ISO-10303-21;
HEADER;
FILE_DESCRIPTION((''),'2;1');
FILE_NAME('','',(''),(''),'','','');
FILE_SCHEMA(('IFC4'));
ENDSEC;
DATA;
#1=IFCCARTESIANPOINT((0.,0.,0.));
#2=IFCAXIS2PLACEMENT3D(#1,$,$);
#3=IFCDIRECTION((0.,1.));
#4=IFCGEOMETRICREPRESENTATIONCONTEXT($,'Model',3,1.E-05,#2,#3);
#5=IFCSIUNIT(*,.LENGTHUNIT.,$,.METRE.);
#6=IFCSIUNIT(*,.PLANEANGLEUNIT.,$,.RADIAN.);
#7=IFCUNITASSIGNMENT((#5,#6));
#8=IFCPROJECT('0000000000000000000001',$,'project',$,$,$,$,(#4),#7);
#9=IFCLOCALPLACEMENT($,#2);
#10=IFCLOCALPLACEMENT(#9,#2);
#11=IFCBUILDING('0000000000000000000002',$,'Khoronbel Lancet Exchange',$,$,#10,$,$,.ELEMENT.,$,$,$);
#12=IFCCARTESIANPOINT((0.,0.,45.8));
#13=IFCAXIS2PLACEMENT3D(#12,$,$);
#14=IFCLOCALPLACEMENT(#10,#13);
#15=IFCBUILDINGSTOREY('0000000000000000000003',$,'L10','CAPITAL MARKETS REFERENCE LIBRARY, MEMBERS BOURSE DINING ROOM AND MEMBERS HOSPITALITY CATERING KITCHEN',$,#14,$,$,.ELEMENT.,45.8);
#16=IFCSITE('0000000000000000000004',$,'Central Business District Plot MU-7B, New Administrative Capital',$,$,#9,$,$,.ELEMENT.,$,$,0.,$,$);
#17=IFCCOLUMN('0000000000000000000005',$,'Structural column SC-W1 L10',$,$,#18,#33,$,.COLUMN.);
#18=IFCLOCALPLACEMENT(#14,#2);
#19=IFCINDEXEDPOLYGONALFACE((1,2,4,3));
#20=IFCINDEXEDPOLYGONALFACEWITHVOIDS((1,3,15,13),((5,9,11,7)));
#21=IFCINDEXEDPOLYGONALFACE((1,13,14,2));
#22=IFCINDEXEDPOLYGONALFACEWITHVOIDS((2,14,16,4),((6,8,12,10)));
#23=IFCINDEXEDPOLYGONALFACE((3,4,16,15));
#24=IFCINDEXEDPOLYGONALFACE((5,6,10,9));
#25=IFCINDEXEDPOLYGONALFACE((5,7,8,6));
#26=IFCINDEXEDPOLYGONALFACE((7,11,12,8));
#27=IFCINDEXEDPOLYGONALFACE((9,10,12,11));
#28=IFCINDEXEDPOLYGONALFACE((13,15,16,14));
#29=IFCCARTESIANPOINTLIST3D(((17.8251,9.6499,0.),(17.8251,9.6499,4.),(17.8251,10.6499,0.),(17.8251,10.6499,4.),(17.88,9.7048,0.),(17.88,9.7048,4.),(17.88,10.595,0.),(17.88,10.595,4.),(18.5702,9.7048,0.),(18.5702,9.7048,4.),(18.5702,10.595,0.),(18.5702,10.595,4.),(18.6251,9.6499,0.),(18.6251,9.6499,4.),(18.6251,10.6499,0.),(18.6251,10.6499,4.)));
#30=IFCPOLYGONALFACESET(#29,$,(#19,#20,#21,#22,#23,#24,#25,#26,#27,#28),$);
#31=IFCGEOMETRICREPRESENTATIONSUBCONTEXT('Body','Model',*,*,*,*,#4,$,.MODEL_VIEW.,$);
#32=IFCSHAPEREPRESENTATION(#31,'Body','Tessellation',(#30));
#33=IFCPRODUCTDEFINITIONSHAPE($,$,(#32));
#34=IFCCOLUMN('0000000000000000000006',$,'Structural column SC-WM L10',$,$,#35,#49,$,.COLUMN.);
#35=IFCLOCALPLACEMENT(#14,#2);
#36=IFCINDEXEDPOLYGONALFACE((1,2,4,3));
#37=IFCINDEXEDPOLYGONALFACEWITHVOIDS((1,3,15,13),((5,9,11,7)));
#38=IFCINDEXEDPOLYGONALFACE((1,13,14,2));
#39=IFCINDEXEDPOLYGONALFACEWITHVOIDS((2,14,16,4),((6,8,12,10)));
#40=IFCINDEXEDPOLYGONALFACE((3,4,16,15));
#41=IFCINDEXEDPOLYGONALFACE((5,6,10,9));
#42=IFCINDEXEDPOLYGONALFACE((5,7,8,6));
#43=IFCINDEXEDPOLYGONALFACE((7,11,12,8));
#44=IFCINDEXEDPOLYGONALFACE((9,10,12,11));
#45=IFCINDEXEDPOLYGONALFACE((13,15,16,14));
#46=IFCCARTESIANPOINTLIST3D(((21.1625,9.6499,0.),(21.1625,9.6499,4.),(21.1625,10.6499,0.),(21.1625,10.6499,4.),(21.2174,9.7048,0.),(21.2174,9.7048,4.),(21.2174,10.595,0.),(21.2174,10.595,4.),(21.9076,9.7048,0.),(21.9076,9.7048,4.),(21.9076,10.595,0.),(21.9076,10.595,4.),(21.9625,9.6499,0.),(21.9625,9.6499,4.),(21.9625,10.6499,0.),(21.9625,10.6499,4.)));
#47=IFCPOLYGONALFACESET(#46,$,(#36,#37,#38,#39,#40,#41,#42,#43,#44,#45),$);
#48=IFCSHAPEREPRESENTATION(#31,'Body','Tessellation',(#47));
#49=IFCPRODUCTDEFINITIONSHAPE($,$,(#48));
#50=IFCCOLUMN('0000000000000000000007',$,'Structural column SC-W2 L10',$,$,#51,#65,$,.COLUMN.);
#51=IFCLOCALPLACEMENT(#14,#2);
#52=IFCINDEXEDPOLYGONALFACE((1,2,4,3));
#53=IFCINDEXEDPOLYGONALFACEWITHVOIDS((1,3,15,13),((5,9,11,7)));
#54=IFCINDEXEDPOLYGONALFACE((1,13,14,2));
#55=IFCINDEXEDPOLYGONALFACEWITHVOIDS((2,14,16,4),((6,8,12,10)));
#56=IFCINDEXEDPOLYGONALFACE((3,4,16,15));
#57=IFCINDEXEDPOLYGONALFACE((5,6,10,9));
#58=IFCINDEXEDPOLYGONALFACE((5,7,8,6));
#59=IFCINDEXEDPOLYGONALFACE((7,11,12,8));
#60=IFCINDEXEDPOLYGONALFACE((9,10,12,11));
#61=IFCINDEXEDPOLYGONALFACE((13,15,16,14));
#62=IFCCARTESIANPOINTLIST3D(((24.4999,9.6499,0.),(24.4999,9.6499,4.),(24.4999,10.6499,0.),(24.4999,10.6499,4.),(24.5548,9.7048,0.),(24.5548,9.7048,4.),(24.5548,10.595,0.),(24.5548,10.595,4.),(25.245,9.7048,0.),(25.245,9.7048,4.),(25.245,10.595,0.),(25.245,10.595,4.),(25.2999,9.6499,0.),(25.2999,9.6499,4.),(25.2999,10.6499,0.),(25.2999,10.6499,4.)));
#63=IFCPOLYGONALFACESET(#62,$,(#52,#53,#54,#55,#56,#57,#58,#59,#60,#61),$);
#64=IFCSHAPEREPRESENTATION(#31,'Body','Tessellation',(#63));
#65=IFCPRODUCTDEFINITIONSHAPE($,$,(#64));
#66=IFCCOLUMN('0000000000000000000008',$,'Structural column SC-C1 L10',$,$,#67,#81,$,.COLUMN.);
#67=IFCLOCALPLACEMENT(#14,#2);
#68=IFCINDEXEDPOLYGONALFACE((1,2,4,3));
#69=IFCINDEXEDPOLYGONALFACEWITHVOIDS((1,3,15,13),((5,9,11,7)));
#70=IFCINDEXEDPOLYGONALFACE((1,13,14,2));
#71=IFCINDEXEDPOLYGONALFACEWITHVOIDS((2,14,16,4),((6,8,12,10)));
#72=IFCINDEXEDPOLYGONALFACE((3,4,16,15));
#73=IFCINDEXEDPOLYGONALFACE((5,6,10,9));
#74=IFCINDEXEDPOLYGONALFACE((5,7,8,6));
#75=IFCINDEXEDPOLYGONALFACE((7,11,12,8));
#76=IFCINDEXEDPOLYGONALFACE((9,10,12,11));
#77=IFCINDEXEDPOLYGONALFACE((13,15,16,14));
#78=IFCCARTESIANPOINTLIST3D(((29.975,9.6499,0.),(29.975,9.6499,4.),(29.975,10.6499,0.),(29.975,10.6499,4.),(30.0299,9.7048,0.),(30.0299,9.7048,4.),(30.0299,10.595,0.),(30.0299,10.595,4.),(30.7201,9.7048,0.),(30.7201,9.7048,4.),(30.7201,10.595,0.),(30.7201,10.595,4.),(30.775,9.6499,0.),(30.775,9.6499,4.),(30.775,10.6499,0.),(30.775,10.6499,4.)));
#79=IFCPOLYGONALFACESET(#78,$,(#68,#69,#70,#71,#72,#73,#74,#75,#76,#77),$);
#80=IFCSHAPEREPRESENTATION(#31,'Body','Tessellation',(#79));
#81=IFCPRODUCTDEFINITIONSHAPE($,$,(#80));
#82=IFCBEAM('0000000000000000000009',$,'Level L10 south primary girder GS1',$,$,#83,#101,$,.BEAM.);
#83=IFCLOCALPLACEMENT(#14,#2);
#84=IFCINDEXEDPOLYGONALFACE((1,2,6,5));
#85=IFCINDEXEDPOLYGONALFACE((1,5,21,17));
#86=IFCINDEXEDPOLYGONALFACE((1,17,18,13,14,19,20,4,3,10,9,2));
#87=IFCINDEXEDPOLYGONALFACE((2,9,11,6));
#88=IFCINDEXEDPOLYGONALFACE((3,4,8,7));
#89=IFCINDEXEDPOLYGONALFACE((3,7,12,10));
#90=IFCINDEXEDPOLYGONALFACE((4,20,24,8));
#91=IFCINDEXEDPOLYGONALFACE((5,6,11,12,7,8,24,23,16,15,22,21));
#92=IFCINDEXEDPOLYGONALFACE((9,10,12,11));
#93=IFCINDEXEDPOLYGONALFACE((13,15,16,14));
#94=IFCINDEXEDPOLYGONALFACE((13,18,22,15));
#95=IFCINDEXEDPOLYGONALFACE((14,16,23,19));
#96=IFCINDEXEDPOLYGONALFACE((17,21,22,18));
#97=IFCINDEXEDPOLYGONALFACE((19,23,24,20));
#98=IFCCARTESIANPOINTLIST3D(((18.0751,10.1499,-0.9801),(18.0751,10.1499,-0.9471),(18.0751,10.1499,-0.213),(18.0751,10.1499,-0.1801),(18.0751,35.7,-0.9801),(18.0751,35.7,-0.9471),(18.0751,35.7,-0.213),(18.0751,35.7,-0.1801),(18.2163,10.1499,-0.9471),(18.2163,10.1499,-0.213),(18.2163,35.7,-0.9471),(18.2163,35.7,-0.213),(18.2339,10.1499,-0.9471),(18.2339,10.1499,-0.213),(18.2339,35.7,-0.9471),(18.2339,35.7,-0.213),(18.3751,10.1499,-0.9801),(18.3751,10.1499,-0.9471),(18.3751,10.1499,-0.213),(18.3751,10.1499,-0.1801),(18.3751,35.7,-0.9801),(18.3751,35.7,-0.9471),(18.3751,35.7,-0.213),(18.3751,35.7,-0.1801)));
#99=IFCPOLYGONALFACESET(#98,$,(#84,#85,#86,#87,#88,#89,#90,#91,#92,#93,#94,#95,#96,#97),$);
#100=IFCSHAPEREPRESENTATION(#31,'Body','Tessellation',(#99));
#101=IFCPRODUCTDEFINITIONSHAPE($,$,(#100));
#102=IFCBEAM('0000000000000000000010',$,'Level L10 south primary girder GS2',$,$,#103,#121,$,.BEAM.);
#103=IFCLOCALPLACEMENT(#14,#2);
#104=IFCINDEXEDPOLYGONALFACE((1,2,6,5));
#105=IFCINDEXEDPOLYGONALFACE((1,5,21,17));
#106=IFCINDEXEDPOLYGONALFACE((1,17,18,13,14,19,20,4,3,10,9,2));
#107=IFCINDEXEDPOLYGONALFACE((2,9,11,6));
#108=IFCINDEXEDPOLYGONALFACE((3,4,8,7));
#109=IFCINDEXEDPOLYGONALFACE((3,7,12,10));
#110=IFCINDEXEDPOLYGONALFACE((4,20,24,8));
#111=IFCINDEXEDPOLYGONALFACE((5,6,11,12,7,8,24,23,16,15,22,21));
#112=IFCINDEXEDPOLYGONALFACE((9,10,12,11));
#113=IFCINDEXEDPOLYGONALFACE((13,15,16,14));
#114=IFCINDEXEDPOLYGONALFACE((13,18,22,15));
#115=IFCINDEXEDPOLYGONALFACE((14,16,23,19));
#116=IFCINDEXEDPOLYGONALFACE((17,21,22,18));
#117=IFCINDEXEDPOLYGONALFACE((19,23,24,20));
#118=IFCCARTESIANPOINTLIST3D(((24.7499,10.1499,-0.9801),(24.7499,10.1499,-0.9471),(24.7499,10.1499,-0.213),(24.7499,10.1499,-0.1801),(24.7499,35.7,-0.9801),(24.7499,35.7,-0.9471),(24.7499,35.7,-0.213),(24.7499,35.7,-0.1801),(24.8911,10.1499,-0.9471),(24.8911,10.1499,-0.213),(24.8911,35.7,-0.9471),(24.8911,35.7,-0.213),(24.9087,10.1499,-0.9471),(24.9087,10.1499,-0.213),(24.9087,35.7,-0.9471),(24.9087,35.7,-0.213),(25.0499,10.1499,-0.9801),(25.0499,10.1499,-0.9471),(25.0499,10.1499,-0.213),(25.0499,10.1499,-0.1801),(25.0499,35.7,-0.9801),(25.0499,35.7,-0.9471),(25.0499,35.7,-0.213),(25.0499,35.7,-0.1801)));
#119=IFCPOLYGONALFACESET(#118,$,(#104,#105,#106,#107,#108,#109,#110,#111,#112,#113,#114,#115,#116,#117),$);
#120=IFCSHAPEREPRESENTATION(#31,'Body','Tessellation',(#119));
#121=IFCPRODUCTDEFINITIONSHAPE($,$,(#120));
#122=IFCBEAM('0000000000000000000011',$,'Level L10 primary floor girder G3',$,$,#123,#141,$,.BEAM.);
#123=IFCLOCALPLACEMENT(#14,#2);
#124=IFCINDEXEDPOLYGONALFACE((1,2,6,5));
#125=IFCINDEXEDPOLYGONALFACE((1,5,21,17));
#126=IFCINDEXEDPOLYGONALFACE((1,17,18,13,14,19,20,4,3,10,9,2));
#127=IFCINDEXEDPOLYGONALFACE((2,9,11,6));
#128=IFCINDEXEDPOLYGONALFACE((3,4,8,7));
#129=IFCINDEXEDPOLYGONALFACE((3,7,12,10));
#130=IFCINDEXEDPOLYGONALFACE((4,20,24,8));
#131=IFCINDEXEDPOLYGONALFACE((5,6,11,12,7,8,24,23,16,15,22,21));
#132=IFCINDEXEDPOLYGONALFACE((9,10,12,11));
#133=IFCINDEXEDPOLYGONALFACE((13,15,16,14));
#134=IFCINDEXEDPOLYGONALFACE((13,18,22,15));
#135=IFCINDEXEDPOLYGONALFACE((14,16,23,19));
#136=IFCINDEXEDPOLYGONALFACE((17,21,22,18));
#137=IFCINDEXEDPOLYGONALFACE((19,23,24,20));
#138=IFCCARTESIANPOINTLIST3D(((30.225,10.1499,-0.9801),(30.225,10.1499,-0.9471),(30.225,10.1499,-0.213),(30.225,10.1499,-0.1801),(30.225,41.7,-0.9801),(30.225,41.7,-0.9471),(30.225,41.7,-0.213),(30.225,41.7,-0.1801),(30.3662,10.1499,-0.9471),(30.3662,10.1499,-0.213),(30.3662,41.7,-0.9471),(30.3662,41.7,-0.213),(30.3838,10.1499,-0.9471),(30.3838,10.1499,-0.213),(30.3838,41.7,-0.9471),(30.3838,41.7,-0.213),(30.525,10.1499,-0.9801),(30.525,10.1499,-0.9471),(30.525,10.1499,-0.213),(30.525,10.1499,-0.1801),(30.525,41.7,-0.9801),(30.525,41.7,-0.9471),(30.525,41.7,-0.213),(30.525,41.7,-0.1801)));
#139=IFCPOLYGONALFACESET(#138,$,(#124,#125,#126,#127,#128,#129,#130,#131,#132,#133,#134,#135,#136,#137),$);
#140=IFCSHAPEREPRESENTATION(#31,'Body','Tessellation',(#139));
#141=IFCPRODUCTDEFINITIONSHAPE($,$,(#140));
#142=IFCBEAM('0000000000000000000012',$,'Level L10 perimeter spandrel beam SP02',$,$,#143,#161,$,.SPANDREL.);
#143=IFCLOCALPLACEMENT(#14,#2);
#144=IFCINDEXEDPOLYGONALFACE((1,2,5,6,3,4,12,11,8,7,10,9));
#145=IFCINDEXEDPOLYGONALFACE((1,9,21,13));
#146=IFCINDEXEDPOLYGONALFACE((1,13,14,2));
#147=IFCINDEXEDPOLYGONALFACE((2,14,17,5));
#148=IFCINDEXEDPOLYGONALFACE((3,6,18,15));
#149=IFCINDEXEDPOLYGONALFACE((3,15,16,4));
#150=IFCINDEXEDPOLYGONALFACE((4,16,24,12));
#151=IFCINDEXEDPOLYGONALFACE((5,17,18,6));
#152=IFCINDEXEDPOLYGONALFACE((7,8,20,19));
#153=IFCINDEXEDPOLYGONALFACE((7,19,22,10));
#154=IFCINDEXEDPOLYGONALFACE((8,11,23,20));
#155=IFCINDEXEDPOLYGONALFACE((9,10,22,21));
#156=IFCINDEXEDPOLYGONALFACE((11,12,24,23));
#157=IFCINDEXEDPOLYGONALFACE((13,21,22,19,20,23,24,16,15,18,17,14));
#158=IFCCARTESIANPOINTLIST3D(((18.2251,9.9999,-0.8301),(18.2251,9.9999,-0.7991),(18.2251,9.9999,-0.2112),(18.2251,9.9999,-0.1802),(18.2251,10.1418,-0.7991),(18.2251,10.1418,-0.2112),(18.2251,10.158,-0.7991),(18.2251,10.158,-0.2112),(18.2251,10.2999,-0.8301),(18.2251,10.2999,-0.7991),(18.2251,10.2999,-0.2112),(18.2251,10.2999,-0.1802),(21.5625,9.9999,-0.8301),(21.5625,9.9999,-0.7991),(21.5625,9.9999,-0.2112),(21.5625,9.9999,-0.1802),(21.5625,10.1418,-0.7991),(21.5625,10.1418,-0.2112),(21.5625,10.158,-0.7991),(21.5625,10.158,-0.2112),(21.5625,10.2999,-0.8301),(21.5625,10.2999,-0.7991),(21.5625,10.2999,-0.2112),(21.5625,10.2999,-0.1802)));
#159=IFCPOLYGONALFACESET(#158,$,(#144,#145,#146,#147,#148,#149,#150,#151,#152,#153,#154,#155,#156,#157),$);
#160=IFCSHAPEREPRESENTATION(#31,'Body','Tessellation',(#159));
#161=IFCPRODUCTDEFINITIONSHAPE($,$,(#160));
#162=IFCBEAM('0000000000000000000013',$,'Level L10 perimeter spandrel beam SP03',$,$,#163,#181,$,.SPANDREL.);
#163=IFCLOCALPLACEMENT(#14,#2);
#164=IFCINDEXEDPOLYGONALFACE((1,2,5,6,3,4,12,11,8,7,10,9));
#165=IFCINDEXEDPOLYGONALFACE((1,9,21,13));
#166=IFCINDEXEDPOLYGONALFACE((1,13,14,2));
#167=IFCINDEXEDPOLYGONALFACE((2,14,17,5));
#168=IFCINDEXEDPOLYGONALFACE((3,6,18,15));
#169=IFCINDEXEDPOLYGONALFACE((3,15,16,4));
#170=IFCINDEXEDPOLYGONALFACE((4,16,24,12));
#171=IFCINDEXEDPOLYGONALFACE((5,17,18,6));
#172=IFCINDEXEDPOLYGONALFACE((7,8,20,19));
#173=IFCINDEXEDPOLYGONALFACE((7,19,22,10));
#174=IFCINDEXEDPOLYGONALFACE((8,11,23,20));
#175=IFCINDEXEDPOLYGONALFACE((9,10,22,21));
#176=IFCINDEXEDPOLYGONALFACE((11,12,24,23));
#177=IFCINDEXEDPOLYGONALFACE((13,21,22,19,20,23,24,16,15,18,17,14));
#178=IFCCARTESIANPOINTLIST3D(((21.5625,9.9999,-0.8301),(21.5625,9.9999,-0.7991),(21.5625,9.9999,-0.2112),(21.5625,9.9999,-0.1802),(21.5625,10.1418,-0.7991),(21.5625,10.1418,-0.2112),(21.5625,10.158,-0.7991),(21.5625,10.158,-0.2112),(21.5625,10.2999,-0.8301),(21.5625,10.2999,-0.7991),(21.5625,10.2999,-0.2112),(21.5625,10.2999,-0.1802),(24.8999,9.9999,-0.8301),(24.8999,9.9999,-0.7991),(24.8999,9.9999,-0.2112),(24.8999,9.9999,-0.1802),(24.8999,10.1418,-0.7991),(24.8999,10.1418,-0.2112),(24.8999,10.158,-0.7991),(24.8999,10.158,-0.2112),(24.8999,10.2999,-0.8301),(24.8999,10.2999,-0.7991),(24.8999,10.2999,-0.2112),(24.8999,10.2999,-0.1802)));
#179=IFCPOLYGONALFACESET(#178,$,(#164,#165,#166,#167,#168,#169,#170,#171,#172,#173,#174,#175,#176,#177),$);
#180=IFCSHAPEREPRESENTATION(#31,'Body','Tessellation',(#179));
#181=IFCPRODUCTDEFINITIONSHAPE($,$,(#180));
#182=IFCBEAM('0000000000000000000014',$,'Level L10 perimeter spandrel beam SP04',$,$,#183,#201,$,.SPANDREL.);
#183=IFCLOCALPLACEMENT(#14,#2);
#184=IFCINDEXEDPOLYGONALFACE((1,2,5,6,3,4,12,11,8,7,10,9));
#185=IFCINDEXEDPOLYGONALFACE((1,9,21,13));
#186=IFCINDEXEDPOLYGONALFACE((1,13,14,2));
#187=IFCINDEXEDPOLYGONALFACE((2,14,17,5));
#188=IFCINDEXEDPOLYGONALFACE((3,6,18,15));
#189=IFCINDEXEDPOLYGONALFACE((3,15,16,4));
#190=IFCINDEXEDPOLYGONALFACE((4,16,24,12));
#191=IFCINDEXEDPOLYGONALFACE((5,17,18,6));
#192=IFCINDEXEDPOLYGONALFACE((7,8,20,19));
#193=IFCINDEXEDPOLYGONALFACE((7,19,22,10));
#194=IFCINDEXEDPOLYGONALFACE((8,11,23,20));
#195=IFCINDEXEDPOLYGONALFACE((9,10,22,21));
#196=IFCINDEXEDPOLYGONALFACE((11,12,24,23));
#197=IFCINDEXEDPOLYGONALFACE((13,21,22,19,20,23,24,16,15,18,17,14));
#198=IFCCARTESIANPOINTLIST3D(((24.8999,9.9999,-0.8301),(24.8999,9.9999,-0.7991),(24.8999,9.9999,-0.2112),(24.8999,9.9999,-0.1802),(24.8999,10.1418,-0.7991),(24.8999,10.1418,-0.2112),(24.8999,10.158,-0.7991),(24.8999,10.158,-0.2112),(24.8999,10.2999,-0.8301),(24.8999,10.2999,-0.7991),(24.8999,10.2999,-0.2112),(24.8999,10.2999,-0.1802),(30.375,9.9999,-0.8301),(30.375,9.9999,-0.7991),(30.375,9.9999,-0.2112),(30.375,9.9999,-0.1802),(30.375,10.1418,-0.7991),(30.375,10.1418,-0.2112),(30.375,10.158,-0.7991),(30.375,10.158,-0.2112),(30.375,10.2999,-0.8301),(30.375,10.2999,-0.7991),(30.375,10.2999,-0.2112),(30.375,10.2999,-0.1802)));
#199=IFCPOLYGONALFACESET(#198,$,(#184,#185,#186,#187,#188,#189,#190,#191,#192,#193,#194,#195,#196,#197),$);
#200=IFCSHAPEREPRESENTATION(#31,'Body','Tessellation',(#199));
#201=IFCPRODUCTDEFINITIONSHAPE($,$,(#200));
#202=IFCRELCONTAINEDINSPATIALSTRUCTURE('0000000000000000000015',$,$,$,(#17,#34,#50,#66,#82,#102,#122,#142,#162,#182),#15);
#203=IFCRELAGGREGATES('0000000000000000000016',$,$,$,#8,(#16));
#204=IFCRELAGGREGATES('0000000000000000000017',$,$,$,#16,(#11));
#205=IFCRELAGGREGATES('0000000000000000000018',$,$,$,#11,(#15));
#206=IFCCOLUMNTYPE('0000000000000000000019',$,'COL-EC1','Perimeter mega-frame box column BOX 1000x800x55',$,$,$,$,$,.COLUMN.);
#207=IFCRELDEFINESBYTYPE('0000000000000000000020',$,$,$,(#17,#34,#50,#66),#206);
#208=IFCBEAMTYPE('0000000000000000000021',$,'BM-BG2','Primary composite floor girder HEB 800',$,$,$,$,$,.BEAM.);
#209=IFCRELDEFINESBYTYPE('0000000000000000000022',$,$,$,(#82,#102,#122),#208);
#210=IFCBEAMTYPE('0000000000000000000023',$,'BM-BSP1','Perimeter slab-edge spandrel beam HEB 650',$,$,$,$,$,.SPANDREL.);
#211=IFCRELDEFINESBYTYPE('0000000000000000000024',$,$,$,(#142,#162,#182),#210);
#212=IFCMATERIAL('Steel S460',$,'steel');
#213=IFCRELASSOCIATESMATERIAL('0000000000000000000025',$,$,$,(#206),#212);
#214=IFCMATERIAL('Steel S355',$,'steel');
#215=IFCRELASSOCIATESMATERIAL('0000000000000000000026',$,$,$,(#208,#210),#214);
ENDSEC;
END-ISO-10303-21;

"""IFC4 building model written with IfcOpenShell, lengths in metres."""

from ifc_helpers import new_model, si_unit, direction, frame, origin, origin_2d, place, context, subcontext, project, spatial, hollow_rectangle, i_section, extrude, material, material_profile, profile_set, type_object, element, save


model = new_model("IFC4")

# Units and contexts
model_context = context("Model", 3, precision=1e-05, world=origin(), true_north=direction((0.0, 1.0)))
body_context = subcontext(model_context, "Body", "Model", "MODEL_VIEW")
ifc_project = project(units=[si_unit("LENGTHUNIT", "METRE"), si_unit("PLANEANGLEUNIT", "RADIAN")], contexts=[model_context])

# Site, building, storey
site_placement = place(None, origin())
site = spatial("IfcSite", under=ifc_project, at=site_placement, Name="Central Business District Plot MU-7B, New Administrative Capital", CompositionType="ELEMENT", RefElevation=0.0)
building_placement = place(site_placement, origin())
building = spatial("IfcBuilding", under=site, at=building_placement, Name="Khoronbel Lancet Exchange", CompositionType="ELEMENT")
storey_placement = place(building_placement, frame((0.0, 0.0, 45.8)))
storey = spatial("IfcBuildingStorey", under=building, at=storey_placement, Name="L10", Description="CAPITAL MARKETS REFERENCE LIBRARY, MEMBERS BOURSE DINING ROOM AND MEMBERS HOSPITALITY CATERING KITCHEN", CompositionType="ELEMENT", Elevation=45.8)

# Columns
ifc_material_1 = material(Name="Steel S460", Category="steel")
ifc_material_profile_1 = material_profile(ifc_material_1, hollow_rectangle(XDim=0.8, YDim=1.0, WallThickness=0.0549, at=origin_2d()), Name="BOX 1000x800x55")
ifc_profile_set_1 = profile_set([ifc_material_profile_1], Name="Steel S460")
column_type = type_object("IfcColumnType", Name="COL-EC1", Description="Perimeter mega-frame box column BOX 1000x800x55", PredefinedType="COLUMN", material=ifc_profile_set_1)
for number, where, z_axis, x_axis, name in (
    (1, (18.2251, 10.1499, 0.0), (0.0, 0.0, 1.0), (1.0, 0.0, 0.0), "Structural column SC-W1 L10"),
    (2, (21.5625, 10.1499, 0.0), (0.0, 0.0, 1.0), (1.0, 0.0, 0.0), "Structural column SC-WM L10"),
    (3, (24.8999, 10.1499, 0.0), (0.0, 0.0, 1.0), (1.0, 0.0, 0.0), "Structural column SC-W2 L10"),
    (4, (30.375, 10.1499, 0.0), (0.0, 0.0, 1.0), (1.0, 0.0, 0.0), "Structural column SC-C1 L10"),
):
    element("IfcColumn", number, at=place(storey_placement, frame(where, z_axis=z_axis, x_axis=x_axis)), inside=storey, type_object=column_type, Name=name, PredefinedType="COLUMN", context=body_context, shape_type="SweptSolid", body=[
        extrude(hollow_rectangle(XDim=0.8, YDim=1.0, WallThickness=0.0549, at=origin_2d()), origin(), (0.0, 0.0, 1.0), 4.0),
    ])

# Beams
ifc_material_2 = material(Name="Steel S355", Category="steel")
ifc_material_profile_2 = material_profile(ifc_material_2, i_section(OverallWidth=0.3, OverallDepth=0.8, WebThickness=0.0176, FlangeThickness=0.033, at=origin_2d()), Name="HEB 800")
ifc_profile_set_2 = profile_set([ifc_material_profile_2], Name="Steel S355")
beam_type_1 = type_object("IfcBeamType", Name="BM-BG2", Description="Primary composite floor girder HEB 800", PredefinedType="BEAM", material=ifc_profile_set_2)
for number, where, z_axis, x_axis, name in (
    (5, (18.2251, 10.1499, -0.5801), (0.0, 1.0, 0.0), (-1.0, 0.0, 0.0), "Level L10 south primary girder GS1"),
    (6, (24.8999, 10.1499, -0.5801), (0.0, 1.0, 0.0), (-1.0, 0.0, 0.0), "Level L10 south primary girder GS2"),
):
    element("IfcBeam", number, at=place(storey_placement, frame(where, z_axis=z_axis, x_axis=x_axis)), inside=storey, type_object=beam_type_1, Name=name, PredefinedType="BEAM", context=body_context, shape_type="SweptSolid", body=[
        extrude(i_section(OverallWidth=0.3, OverallDepth=0.8, WebThickness=0.0176, FlangeThickness=0.033, at=origin_2d()), origin(), (0.0, 0.0, 1.0), 25.55),
    ])
beam_1_placement = place(storey_placement, frame((30.375, 10.1499, -0.5801), z_axis=(0.0, 1.0, 0.0), x_axis=(-1.0, 0.0, 0.0)))
element("IfcBeam", 7, at=beam_1_placement, inside=storey, type_object=beam_type_1, Name="Level L10 primary floor girder G3", PredefinedType="BEAM", context=body_context, shape_type="SweptSolid", body=[
    extrude(i_section(OverallWidth=0.3, OverallDepth=0.8, WebThickness=0.0176, FlangeThickness=0.033, at=origin_2d()), origin(), (0.0, 0.0, 1.0), 31.55),
])
ifc_material_profile_3 = material_profile(ifc_material_2, i_section(OverallWidth=0.3, OverallDepth=0.6499, WebThickness=0.0161, FlangeThickness=0.031, at=origin_2d()), Name="HEB 650")
ifc_profile_set_3 = profile_set([ifc_material_profile_3], Name="Steel S355")
beam_type_2 = type_object("IfcBeamType", Name="BM-BSP1", Description="Perimeter slab-edge spandrel beam HEB 650", PredefinedType="SPANDREL", material=ifc_profile_set_3)
for number, where, z_axis, x_axis, name in (
    (8, (18.2251, 10.1499, -0.5051), (1.0, 0.0, 0.0), (0.0, 1.0, 0.0), "Level L10 perimeter spandrel beam SP02"),
    (9, (21.5625, 10.1499, -0.5051), (1.0, 0.0, 0.0), (0.0, 1.0, 0.0), "Level L10 perimeter spandrel beam SP03"),
):
    element("IfcBeam", number, at=place(storey_placement, frame(where, z_axis=z_axis, x_axis=x_axis)), inside=storey, type_object=beam_type_2, Name=name, PredefinedType="SPANDREL", context=body_context, shape_type="SweptSolid", body=[
        extrude(i_section(OverallWidth=0.3, OverallDepth=0.6499, WebThickness=0.0161, FlangeThickness=0.031, at=origin_2d()), origin(), (0.0, 0.0, 1.0), 3.3374),
    ])
beam_2_placement = place(storey_placement, frame((24.8999, 10.1499, -0.5051), z_axis=(1.0, 0.0, 0.0), x_axis=(0.0, 1.0, 0.0)))
element("IfcBeam", 10, at=beam_2_placement, inside=storey, type_object=beam_type_2, Name="Level L10 perimeter spandrel beam SP04", PredefinedType="SPANDREL", context=body_context, shape_type="SweptSolid", body=[
    extrude(i_section(OverallWidth=0.3, OverallDepth=0.6499, WebThickness=0.0161, FlangeThickness=0.031, at=origin_2d()), origin(), (0.0, 0.0, 1.0), 5.4751),
])

save(model, "model.ifc")
